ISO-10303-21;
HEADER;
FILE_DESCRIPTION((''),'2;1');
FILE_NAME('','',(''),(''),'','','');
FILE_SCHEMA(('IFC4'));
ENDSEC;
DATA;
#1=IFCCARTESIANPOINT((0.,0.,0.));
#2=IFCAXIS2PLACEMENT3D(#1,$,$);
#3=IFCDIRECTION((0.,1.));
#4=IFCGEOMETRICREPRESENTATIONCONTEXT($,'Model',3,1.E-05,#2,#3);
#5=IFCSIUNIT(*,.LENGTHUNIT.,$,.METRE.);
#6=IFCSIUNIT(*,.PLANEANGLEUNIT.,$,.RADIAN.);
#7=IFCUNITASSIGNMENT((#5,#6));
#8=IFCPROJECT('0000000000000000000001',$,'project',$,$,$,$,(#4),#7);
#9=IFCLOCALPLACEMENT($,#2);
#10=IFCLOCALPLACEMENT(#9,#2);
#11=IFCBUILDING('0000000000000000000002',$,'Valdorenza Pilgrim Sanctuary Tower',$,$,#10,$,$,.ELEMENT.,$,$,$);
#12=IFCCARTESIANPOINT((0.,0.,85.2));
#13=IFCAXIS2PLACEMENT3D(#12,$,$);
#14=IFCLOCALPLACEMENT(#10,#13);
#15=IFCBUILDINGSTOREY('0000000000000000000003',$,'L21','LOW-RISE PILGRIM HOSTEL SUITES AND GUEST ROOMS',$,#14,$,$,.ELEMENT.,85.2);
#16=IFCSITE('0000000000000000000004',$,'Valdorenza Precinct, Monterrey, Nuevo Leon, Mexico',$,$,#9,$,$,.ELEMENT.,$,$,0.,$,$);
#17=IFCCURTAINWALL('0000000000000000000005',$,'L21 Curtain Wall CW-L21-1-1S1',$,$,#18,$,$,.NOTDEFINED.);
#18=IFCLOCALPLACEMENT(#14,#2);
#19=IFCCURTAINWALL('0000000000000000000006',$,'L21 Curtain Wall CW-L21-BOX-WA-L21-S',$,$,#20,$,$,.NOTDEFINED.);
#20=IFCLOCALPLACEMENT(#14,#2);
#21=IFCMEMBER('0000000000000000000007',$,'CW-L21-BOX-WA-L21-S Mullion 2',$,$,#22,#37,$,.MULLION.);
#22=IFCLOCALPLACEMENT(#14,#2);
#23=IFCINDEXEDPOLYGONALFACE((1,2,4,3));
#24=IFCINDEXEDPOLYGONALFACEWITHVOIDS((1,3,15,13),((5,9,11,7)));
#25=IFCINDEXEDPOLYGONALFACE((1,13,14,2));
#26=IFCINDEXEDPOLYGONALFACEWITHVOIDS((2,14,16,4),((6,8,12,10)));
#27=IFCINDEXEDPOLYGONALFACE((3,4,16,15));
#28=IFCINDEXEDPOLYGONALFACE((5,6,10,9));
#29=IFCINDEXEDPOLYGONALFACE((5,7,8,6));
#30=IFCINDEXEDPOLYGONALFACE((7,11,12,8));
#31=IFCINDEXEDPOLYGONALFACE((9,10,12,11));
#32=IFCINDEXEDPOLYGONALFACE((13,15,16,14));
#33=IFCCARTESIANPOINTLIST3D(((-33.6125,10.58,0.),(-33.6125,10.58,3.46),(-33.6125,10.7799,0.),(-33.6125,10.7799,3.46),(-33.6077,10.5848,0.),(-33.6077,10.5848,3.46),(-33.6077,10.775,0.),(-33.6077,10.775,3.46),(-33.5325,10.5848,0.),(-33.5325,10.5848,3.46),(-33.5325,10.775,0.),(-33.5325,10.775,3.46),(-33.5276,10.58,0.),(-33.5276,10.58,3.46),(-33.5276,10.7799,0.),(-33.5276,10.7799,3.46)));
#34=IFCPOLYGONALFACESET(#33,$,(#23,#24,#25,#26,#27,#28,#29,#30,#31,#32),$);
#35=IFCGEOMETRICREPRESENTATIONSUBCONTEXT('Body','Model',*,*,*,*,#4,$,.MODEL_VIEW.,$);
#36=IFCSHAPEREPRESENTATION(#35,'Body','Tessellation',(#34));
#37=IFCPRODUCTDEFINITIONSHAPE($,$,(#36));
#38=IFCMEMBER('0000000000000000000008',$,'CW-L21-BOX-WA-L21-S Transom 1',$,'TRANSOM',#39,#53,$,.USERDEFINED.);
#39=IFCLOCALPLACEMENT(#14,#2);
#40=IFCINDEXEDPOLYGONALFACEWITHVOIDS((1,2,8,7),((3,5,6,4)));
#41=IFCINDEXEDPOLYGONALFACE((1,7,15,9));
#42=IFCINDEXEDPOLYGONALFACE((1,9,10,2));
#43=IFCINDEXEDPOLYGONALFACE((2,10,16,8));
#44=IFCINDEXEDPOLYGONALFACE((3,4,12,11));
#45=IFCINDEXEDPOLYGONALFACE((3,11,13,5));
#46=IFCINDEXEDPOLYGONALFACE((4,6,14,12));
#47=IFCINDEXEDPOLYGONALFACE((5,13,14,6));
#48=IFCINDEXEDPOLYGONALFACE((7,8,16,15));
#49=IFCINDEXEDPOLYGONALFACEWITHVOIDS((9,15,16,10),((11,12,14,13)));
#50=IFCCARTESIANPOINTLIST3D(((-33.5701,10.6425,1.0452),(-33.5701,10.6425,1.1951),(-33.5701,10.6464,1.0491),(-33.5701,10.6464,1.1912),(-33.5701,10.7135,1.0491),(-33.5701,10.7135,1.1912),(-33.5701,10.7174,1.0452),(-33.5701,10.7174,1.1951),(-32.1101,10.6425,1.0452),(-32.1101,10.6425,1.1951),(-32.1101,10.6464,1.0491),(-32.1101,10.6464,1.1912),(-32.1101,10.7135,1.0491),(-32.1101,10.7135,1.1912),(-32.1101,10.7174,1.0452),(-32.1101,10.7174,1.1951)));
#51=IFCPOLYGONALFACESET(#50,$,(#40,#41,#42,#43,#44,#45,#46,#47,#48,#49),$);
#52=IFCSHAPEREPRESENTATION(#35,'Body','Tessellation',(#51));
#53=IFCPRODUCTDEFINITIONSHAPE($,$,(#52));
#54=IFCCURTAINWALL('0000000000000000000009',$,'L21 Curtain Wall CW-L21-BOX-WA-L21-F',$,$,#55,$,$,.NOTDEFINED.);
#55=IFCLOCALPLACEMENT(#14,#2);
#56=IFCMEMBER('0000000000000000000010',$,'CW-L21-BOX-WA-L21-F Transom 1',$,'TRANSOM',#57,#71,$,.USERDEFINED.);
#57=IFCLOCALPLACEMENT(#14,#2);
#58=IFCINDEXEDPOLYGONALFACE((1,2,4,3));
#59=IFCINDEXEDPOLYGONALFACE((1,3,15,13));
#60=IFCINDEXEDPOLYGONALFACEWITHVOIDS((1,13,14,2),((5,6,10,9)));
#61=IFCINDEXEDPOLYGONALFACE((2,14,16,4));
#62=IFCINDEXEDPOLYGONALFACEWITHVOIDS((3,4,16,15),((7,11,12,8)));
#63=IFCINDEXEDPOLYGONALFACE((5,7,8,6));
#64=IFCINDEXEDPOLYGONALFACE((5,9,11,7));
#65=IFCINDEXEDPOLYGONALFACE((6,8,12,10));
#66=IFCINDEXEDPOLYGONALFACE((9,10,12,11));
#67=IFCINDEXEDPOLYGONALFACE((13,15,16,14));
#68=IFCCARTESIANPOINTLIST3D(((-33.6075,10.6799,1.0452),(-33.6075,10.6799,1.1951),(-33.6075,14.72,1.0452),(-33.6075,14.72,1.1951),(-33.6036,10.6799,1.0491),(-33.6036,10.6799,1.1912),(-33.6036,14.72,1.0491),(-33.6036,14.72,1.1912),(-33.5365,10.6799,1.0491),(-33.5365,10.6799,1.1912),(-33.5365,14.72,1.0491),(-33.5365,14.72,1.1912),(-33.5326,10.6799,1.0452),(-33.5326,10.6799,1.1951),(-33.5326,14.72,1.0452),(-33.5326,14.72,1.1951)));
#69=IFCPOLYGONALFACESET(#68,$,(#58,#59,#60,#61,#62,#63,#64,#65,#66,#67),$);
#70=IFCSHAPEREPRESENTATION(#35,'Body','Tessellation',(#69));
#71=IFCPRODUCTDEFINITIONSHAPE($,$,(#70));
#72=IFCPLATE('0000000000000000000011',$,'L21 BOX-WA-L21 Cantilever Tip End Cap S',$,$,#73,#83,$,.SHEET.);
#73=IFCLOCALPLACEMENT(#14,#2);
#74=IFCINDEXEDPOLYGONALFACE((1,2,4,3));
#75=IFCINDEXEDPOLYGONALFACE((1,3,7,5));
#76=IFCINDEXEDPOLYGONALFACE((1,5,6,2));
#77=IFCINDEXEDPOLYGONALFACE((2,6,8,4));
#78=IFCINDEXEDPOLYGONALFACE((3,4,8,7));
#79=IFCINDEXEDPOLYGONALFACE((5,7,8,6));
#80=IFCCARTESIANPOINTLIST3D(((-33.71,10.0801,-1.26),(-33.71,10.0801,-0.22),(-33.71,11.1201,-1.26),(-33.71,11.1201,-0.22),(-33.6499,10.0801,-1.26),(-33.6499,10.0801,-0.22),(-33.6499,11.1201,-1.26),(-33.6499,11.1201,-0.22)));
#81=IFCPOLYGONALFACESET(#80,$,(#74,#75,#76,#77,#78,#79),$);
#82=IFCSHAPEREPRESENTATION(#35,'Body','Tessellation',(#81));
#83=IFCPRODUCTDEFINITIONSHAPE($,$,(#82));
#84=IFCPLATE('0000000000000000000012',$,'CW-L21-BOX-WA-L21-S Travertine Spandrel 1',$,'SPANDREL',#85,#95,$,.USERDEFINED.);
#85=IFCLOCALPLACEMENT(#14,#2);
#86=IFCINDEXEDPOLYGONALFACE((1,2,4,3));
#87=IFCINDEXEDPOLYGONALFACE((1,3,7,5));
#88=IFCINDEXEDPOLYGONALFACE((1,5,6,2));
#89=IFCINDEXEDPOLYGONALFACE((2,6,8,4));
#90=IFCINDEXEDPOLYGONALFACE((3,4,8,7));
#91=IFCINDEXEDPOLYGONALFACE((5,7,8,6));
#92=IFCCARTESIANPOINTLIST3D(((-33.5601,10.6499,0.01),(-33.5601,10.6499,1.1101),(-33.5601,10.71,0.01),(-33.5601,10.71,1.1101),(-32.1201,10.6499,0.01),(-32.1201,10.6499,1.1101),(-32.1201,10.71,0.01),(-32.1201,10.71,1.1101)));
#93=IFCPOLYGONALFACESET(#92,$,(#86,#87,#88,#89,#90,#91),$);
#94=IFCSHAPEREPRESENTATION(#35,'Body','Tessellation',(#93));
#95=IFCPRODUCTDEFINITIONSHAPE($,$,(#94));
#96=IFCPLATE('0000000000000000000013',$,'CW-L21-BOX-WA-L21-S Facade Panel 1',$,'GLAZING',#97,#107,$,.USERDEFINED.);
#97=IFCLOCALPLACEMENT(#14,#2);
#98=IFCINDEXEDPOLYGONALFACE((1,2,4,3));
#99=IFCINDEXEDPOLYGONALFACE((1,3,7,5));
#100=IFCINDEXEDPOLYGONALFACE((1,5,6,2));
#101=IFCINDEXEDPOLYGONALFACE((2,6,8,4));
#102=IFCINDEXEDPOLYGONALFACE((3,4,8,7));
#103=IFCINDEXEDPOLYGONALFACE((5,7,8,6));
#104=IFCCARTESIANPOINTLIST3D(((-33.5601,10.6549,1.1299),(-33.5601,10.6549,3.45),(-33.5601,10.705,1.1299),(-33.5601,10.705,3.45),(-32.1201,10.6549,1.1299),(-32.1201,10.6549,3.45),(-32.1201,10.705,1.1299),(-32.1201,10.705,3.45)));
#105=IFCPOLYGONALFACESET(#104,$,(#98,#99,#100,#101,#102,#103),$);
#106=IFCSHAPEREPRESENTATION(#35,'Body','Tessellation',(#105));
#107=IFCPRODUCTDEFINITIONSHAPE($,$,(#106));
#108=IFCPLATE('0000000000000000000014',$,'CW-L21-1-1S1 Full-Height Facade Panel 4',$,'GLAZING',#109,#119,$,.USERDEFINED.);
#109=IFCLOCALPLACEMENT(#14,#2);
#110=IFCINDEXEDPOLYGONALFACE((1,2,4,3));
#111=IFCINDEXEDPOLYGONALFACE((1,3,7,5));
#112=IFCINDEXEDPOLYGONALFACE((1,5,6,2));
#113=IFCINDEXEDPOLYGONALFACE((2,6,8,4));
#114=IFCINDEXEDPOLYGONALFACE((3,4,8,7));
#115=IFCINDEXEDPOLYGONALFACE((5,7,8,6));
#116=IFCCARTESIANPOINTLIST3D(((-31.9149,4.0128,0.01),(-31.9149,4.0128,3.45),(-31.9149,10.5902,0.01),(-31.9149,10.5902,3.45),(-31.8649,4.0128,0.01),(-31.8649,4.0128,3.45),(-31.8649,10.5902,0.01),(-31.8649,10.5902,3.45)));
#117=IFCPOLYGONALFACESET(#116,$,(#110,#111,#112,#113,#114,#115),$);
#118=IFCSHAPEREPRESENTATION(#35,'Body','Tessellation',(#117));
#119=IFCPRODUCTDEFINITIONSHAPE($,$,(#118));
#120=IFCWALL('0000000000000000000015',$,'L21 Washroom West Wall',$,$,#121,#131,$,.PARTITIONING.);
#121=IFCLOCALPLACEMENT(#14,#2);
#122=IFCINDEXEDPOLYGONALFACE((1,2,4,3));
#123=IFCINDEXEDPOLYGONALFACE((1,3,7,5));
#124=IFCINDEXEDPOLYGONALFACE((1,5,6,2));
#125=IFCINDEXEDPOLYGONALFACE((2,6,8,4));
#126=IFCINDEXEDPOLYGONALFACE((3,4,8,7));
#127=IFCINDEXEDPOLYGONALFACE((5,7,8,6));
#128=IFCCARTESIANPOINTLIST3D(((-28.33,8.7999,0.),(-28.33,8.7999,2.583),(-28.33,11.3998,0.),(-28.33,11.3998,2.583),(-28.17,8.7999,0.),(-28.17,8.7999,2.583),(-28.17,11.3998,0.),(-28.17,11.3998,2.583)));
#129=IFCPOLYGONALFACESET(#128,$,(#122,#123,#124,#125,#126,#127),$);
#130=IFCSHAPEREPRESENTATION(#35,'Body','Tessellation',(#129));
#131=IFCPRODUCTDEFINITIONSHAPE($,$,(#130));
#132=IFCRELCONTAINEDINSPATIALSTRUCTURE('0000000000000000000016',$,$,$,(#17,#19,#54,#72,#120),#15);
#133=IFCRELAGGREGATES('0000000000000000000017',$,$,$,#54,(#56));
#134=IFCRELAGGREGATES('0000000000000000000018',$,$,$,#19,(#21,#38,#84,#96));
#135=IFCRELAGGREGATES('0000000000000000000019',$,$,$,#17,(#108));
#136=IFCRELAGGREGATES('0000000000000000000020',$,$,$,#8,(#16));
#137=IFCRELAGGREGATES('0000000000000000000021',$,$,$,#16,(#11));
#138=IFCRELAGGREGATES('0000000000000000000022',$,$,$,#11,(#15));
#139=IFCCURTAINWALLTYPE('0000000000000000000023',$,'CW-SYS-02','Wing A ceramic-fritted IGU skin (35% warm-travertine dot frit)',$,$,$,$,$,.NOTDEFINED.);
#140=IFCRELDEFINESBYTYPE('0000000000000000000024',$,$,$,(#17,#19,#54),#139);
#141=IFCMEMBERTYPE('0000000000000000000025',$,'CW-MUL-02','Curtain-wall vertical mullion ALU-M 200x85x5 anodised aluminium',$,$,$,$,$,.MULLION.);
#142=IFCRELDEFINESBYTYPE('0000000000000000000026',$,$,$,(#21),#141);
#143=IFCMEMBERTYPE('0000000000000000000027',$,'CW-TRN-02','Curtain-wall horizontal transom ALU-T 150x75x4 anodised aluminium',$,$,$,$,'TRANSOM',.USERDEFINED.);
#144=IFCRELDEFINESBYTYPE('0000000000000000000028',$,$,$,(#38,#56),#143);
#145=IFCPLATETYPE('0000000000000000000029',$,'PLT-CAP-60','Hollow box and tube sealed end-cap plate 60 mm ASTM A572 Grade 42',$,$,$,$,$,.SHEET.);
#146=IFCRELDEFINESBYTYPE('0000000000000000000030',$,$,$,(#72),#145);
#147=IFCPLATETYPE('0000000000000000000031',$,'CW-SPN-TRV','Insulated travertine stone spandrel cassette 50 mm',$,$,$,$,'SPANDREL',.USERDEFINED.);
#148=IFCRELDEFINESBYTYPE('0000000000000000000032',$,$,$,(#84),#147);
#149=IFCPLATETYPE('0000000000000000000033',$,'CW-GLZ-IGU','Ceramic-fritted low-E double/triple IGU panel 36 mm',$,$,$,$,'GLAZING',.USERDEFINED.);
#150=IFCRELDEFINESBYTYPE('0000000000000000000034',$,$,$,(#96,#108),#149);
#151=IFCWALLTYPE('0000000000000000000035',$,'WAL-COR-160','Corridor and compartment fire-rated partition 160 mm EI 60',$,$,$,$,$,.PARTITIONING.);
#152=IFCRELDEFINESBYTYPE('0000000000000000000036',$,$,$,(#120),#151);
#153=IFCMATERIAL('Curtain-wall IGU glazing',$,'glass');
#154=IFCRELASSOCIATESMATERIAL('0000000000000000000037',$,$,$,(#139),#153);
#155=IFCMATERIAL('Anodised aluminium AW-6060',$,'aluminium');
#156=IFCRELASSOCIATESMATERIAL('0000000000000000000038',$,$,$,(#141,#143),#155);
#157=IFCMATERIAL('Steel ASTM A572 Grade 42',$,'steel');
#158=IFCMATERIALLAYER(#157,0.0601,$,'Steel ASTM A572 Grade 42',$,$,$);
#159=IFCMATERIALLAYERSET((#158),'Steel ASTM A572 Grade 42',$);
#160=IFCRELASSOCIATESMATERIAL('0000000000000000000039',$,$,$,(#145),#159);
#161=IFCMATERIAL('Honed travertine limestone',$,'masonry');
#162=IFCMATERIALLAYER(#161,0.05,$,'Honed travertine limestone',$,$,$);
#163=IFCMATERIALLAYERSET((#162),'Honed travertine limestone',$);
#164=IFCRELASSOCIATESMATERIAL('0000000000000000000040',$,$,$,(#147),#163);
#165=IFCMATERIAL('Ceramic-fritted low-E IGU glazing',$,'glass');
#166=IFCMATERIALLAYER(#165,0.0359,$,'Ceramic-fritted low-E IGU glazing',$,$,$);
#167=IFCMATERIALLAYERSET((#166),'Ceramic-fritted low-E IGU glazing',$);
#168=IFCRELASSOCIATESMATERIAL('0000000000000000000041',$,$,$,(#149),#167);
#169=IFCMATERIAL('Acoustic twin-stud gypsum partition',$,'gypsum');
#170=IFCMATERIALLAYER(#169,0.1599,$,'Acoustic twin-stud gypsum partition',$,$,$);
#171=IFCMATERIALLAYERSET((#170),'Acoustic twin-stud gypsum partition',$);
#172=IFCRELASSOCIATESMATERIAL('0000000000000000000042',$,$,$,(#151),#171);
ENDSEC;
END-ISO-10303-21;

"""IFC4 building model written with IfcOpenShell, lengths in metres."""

from ifc_helpers import new_model, si_unit, direction, frame, frame_2d, origin, origin_2d, place, context, subcontext, project, spatial, rectangle, hollow_rectangle, extrude, source, transform, mapped, material, layer, layer_set, material_profile, profile_set, type_object, element, aggregate, save


model = new_model("IFC4")

# Units and contexts
model_context = context("Model", 3, precision=1e-05, world=origin(), true_north=direction((0.0, 1.0)))
body_context = subcontext(model_context, "Body", "Model", "MODEL_VIEW")
ifc_project = project(units=[si_unit("LENGTHUNIT", "METRE"), si_unit("PLANEANGLEUNIT", "RADIAN")], contexts=[model_context])

# Site, building, storey
site_placement = place(None, origin())
site = spatial("IfcSite", under=ifc_project, at=site_placement, Name="Valdorenza Precinct, Monterrey, Nuevo Leon, Mexico", CompositionType="ELEMENT", RefElevation=0.0)
building_placement = place(site_placement, origin())
building = spatial("IfcBuilding", under=site, at=building_placement, Name="Valdorenza Pilgrim Sanctuary Tower", CompositionType="ELEMENT")
storey_placement = place(building_placement, frame((0.0, 0.0, 85.2)))
storey = spatial("IfcBuildingStorey", under=building, at=storey_placement, Name="L21", Description="LOW-RISE PILGRIM HOSTEL SUITES AND GUEST ROOMS", CompositionType="ELEMENT", Elevation=85.2)

# Shared definitions
ifc_material_1 = material(Name="Steel ASTM A572 Grade 42", Category="steel")

# Curtain walls, members
ifc_material_2 = material(Name="Curtain-wall IGU glazing", Category="glass")
curtain_wall_type = type_object("IfcCurtainWallType", Name="CW-SYS-02", Description="Wing A ceramic-fritted IGU skin (35% warm-travertine dot frit)", PredefinedType="NOTDEFINED", material=ifc_material_2)
curtain_wall_1_placement = place(storey_placement, origin())
curtain_wall_1 = element("IfcCurtainWall", 1, at=curtain_wall_1_placement, inside=storey, type_object=curtain_wall_type, Name="L21 Curtain Wall CW-L21-1-1S1", PredefinedType="NOTDEFINED")
ifc_material_3 = material(Name="Anodised aluminium AW-6060", Category="aluminium")
ifc_material_profile_1 = material_profile(ifc_material_3, hollow_rectangle(XDim=0.085, YDim=0.2, WallThickness=0.0049, at=origin_2d()), Name="ALU-M 200x85x5")
ifc_profile_set_1 = profile_set([ifc_material_profile_1], Name="Anodised aluminium AW-6060")
member_type_1 = type_object("IfcMemberType", Name="CW-MUL-02", Description="Curtain-wall vertical mullion ALU-M 200x85x5 anodised aluminium", PredefinedType="MULLION", material=ifc_profile_set_1)
shared_shape_1 = source(origin(), body_context, "Body", "SweptSolid", [
    extrude(hollow_rectangle(XDim=0.085, YDim=0.2, WallThickness=0.0049, at=origin_2d()), origin(), (0.0, 0.0, 1.0), 3.46),
])
curtain_wall_2_placement = place(storey_placement, origin())
curtain_wall_2 = element("IfcCurtainWall", 2, at=curtain_wall_2_placement, inside=storey, type_object=curtain_wall_type, Name="L21 Curtain Wall CW-L21-BOX-WA-L21-S", PredefinedType="NOTDEFINED")
member_1_placement = place(storey_placement, frame((-33.5701, 10.6799, 0.0), z_axis=(0.0, 0.0, 1.0), x_axis=(-1.0, 0.0, 0.0)))
member_1 = element("IfcMember", 3, at=member_1_placement, type_object=member_type_1, Name="CW-L21-BOX-WA-L21-S Mullion 2", PredefinedType="MULLION", context=body_context, shape_type="MappedRepresentation", body=[
    mapped(shared_shape_1, transform((0.0, 0.0, 0.0), x_axis=(1.0, 0.0, 0.0), y_axis=(0.0, 1.0, 0.0), z_axis=(0.0, 0.0, 1.0), scale=1.0)),
])
ifc_material_profile_2 = material_profile(ifc_material_3, hollow_rectangle(XDim=0.075, YDim=0.1499, WallThickness=0.0039, at=origin_2d()), Name="ALU-T 150x75x4")
ifc_profile_set_2 = profile_set([ifc_material_profile_2], Name="Anodised aluminium AW-6060")
member_type_2 = type_object("IfcMemberType", Name="CW-TRN-02", Description="Curtain-wall horizontal transom ALU-T 150x75x4 anodised aluminium", ElementType="TRANSOM", PredefinedType="USERDEFINED", material=ifc_profile_set_2)
shared_shape_2 = source(origin(), body_context, "Body", "SweptSolid", [
    extrude(hollow_rectangle(XDim=0.075, YDim=0.1499, WallThickness=0.0039, at=origin_2d()), origin(), (0.0, 0.0, 1.0), 1.46),
])
member_2_placement = place(storey_placement, frame((-32.1101, 10.6799, 1.1201), z_axis=(-1.0, 0.0, 0.0), x_axis=(0.0, -1.0, 0.0)))
member_2 = element("IfcMember", 4, at=member_2_placement, type_object=member_type_2, Name="CW-L21-BOX-WA-L21-S Transom 1", ObjectType="TRANSOM", PredefinedType="USERDEFINED", context=body_context, shape_type="MappedRepresentation", body=[
    mapped(shared_shape_2, transform((0.0, 0.0, 0.0), x_axis=(1.0, 0.0, 0.0), y_axis=(0.0, 1.0, 0.0), z_axis=(0.0, 0.0, 1.0), scale=1.0)),
])

# Curtain wall, member
curtain_wall_3_placement = place(storey_placement, origin())
curtain_wall_3 = element("IfcCurtainWall", 5, at=curtain_wall_3_placement, inside=storey, type_object=curtain_wall_type, Name="L21 Curtain Wall CW-L21-BOX-WA-L21-F", PredefinedType="NOTDEFINED")
shared_shape_3 = source(origin(), body_context, "Body", "SweptSolid", [
    extrude(hollow_rectangle(XDim=0.075, YDim=0.1499, WallThickness=0.0039, at=origin_2d()), origin(), (0.0, 0.0, 1.0), 4.04),
])
member_3_placement = place(storey_placement, frame((-33.5701, 10.6799, 1.1201), z_axis=(0.0, 1.0, 0.0), x_axis=(-1.0, 0.0, 0.0)))
member_3 = element("IfcMember", 6, at=member_3_placement, type_object=member_type_2, Name="CW-L21-BOX-WA-L21-F Transom 1", ObjectType="TRANSOM", PredefinedType="USERDEFINED", context=body_context, shape_type="MappedRepresentation", body=[
    mapped(shared_shape_3, transform((0.0, 0.0, 0.0), x_axis=(1.0, 0.0, 0.0), y_axis=(0.0, 1.0, 0.0), z_axis=(0.0, 0.0, 1.0), scale=1.0)),
])
aggregate(curtain_wall_3, [member_3])

# Plates
ifc_layer_1 = layer(ifc_material_1, 0.0601, Name="Steel ASTM A572 Grade 42")
ifc_layer_set_1 = layer_set([ifc_layer_1], Name="Steel ASTM A572 Grade 42")
plate_type_1 = type_object("IfcPlateType", Name="PLT-CAP-60", Description="Hollow box and tube sealed end-cap plate 60 mm ASTM A572 Grade 42", PredefinedType="SHEET", material=ifc_layer_set_1)
shared_shape_4 = source(origin(), body_context, "Body", "SweptSolid", [
    extrude(rectangle(XDim=0.0601, YDim=1.04, at=origin_2d()), origin(), (0.0, 0.0, 1.0), 1.04),
])
plate_1_placement = place(storey_placement, frame((-33.6799, 10.6001, -1.26), z_axis=(0.0, 0.0, 1.0), x_axis=(1.0, 0.0, 0.0)))
element("IfcPlate", 7, at=plate_1_placement, inside=storey, type_object=plate_type_1, Name="L21 BOX-WA-L21 Cantilever Tip End Cap S", PredefinedType="SHEET", context=body_context, shape_type="MappedRepresentation", body=[
    mapped(shared_shape_4, transform((0.0, 0.0, 0.0), x_axis=(1.0, 0.0, 0.0), y_axis=(0.0, 1.0, 0.0), z_axis=(0.0, 0.0, 1.0), scale=1.0)),
])
ifc_material_4 = material(Name="Honed travertine limestone", Category="masonry")
ifc_layer_2 = layer(ifc_material_4, 0.05, Name="Honed travertine limestone")
ifc_layer_set_2 = layer_set([ifc_layer_2], Name="Honed travertine limestone")
plate_type_2 = type_object("IfcPlateType", Name="CW-SPN-TRV", Description="Insulated travertine stone spandrel cassette 50 mm", ElementType="SPANDREL", PredefinedType="USERDEFINED", material=ifc_layer_set_2)
shared_shape_5 = source(origin(), body_context, "Body", "SweptSolid", [
    extrude(rectangle(XDim=1.4399, YDim=0.0601, at=origin_2d()), origin(), (0.0, 0.0, 1.0), 1.1001),
])
plate_2_placement = place(storey_placement, frame((-32.8401, 10.6799, 0.01), z_axis=(0.0, 0.0, 1.0), x_axis=(-1.0, 0.0, 0.0)))
plate_2 = element("IfcPlate", 8, at=plate_2_placement, type_object=plate_type_2, Name="CW-L21-BOX-WA-L21-S Travertine Spandrel 1", ObjectType="SPANDREL", PredefinedType="USERDEFINED", context=body_context, shape_type="MappedRepresentation", body=[
    mapped(shared_shape_5, transform((0.0, 0.0, 0.0), x_axis=(1.0, 0.0, 0.0), y_axis=(0.0, 1.0, 0.0), z_axis=(0.0, 0.0, 1.0), scale=1.0)),
])
ifc_material_5 = material(Name="Ceramic-fritted low-E IGU glazing", Category="glass")
ifc_layer_3 = layer(ifc_material_5, 0.0359, Name="Ceramic-fritted low-E IGU glazing")
ifc_layer_set_3 = layer_set([ifc_layer_3], Name="Ceramic-fritted low-E IGU glazing")
plate_type_3 = type_object("IfcPlateType", Name="CW-GLZ-IGU", Description="Ceramic-fritted low-E double/triple IGU panel 36 mm", ElementType="GLAZING", PredefinedType="USERDEFINED", material=ifc_layer_set_3)
shared_shape_6 = source(origin(), body_context, "Body", "SweptSolid", [
    extrude(rectangle(XDim=1.4399, YDim=0.05, at=origin_2d()), origin(), (0.0, 0.0, 1.0), 2.3201),
])
plate_3_placement = place(storey_placement, frame((-32.8401, 10.6799, 1.1299), z_axis=(0.0, 0.0, 1.0), x_axis=(-1.0, 0.0, 0.0)))
plate_3 = element("IfcPlate", 9, at=plate_3_placement, type_object=plate_type_3, Name="CW-L21-BOX-WA-L21-S Facade Panel 1", ObjectType="GLAZING", PredefinedType="USERDEFINED", context=body_context, shape_type="MappedRepresentation", body=[
    mapped(shared_shape_6, transform((0.0, 0.0, 0.0), x_axis=(1.0, 0.0, 0.0), y_axis=(0.0, 1.0, 0.0), z_axis=(0.0, 0.0, 1.0), scale=1.0)),
])
aggregate(curtain_wall_2, [member_1, member_2, plate_2, plate_3])
shared_shape_7 = source(origin(), body_context, "Body", "SweptSolid", [
    extrude(rectangle(XDim=6.5774, YDim=0.05, at=origin_2d()), origin(), (0.0, 0.0, 1.0), 3.4399),
])
plate_4_placement = place(storey_placement, frame((-31.8899, 7.3015, 0.01), z_axis=(0.0, 0.0, 1.0), x_axis=(0.0, 1.0, 0.0)))
plate_4 = element("IfcPlate", 10, at=plate_4_placement, type_object=plate_type_3, Name="CW-L21-1-1S1 Full-Height Facade Panel 4", ObjectType="GLAZING", PredefinedType="USERDEFINED", context=body_context, shape_type="MappedRepresentation", body=[
    mapped(shared_shape_7, transform((0.0, 0.0, 0.0), x_axis=(1.0, 0.0, 0.0), y_axis=(0.0, 1.0, 0.0), z_axis=(0.0, 0.0, 1.0), scale=1.0)),
])
aggregate(curtain_wall_1, [plate_4])

# Wall
ifc_material_6 = material(Name="Acoustic twin-stud gypsum partition", Category="gypsum")
ifc_layer_4 = layer(ifc_material_6, 0.1599, Name="Acoustic twin-stud gypsum partition")
ifc_layer_set_4 = layer_set([ifc_layer_4], Name="Acoustic twin-stud gypsum partition")
wall_type_1 = type_object("IfcWallType", Name="WAL-COR-160", Description="Corridor and compartment fire-rated partition 160 mm EI 60", PredefinedType="PARTITIONING", material=ifc_layer_set_4)
wall_1_placement = place(storey_placement, frame((-28.25, 8.8, 0.0), z_axis=(0.0, 0.0, 1.0), x_axis=(0.0, 1.0, 0.0)))
element("IfcWall", 11, at=wall_1_placement, inside=storey, type_object=wall_type_1, Name="L21 Washroom West Wall", PredefinedType="PARTITIONING", context=body_context, shape_type="SweptSolid", body=[
    extrude(rectangle(XDim=2.5999, YDim=0.1599, at=frame_2d((1.2998, 0.0))), origin(), (0.0, 0.0, 1.0), 2.583),
])

save(model, "model.ifc")
